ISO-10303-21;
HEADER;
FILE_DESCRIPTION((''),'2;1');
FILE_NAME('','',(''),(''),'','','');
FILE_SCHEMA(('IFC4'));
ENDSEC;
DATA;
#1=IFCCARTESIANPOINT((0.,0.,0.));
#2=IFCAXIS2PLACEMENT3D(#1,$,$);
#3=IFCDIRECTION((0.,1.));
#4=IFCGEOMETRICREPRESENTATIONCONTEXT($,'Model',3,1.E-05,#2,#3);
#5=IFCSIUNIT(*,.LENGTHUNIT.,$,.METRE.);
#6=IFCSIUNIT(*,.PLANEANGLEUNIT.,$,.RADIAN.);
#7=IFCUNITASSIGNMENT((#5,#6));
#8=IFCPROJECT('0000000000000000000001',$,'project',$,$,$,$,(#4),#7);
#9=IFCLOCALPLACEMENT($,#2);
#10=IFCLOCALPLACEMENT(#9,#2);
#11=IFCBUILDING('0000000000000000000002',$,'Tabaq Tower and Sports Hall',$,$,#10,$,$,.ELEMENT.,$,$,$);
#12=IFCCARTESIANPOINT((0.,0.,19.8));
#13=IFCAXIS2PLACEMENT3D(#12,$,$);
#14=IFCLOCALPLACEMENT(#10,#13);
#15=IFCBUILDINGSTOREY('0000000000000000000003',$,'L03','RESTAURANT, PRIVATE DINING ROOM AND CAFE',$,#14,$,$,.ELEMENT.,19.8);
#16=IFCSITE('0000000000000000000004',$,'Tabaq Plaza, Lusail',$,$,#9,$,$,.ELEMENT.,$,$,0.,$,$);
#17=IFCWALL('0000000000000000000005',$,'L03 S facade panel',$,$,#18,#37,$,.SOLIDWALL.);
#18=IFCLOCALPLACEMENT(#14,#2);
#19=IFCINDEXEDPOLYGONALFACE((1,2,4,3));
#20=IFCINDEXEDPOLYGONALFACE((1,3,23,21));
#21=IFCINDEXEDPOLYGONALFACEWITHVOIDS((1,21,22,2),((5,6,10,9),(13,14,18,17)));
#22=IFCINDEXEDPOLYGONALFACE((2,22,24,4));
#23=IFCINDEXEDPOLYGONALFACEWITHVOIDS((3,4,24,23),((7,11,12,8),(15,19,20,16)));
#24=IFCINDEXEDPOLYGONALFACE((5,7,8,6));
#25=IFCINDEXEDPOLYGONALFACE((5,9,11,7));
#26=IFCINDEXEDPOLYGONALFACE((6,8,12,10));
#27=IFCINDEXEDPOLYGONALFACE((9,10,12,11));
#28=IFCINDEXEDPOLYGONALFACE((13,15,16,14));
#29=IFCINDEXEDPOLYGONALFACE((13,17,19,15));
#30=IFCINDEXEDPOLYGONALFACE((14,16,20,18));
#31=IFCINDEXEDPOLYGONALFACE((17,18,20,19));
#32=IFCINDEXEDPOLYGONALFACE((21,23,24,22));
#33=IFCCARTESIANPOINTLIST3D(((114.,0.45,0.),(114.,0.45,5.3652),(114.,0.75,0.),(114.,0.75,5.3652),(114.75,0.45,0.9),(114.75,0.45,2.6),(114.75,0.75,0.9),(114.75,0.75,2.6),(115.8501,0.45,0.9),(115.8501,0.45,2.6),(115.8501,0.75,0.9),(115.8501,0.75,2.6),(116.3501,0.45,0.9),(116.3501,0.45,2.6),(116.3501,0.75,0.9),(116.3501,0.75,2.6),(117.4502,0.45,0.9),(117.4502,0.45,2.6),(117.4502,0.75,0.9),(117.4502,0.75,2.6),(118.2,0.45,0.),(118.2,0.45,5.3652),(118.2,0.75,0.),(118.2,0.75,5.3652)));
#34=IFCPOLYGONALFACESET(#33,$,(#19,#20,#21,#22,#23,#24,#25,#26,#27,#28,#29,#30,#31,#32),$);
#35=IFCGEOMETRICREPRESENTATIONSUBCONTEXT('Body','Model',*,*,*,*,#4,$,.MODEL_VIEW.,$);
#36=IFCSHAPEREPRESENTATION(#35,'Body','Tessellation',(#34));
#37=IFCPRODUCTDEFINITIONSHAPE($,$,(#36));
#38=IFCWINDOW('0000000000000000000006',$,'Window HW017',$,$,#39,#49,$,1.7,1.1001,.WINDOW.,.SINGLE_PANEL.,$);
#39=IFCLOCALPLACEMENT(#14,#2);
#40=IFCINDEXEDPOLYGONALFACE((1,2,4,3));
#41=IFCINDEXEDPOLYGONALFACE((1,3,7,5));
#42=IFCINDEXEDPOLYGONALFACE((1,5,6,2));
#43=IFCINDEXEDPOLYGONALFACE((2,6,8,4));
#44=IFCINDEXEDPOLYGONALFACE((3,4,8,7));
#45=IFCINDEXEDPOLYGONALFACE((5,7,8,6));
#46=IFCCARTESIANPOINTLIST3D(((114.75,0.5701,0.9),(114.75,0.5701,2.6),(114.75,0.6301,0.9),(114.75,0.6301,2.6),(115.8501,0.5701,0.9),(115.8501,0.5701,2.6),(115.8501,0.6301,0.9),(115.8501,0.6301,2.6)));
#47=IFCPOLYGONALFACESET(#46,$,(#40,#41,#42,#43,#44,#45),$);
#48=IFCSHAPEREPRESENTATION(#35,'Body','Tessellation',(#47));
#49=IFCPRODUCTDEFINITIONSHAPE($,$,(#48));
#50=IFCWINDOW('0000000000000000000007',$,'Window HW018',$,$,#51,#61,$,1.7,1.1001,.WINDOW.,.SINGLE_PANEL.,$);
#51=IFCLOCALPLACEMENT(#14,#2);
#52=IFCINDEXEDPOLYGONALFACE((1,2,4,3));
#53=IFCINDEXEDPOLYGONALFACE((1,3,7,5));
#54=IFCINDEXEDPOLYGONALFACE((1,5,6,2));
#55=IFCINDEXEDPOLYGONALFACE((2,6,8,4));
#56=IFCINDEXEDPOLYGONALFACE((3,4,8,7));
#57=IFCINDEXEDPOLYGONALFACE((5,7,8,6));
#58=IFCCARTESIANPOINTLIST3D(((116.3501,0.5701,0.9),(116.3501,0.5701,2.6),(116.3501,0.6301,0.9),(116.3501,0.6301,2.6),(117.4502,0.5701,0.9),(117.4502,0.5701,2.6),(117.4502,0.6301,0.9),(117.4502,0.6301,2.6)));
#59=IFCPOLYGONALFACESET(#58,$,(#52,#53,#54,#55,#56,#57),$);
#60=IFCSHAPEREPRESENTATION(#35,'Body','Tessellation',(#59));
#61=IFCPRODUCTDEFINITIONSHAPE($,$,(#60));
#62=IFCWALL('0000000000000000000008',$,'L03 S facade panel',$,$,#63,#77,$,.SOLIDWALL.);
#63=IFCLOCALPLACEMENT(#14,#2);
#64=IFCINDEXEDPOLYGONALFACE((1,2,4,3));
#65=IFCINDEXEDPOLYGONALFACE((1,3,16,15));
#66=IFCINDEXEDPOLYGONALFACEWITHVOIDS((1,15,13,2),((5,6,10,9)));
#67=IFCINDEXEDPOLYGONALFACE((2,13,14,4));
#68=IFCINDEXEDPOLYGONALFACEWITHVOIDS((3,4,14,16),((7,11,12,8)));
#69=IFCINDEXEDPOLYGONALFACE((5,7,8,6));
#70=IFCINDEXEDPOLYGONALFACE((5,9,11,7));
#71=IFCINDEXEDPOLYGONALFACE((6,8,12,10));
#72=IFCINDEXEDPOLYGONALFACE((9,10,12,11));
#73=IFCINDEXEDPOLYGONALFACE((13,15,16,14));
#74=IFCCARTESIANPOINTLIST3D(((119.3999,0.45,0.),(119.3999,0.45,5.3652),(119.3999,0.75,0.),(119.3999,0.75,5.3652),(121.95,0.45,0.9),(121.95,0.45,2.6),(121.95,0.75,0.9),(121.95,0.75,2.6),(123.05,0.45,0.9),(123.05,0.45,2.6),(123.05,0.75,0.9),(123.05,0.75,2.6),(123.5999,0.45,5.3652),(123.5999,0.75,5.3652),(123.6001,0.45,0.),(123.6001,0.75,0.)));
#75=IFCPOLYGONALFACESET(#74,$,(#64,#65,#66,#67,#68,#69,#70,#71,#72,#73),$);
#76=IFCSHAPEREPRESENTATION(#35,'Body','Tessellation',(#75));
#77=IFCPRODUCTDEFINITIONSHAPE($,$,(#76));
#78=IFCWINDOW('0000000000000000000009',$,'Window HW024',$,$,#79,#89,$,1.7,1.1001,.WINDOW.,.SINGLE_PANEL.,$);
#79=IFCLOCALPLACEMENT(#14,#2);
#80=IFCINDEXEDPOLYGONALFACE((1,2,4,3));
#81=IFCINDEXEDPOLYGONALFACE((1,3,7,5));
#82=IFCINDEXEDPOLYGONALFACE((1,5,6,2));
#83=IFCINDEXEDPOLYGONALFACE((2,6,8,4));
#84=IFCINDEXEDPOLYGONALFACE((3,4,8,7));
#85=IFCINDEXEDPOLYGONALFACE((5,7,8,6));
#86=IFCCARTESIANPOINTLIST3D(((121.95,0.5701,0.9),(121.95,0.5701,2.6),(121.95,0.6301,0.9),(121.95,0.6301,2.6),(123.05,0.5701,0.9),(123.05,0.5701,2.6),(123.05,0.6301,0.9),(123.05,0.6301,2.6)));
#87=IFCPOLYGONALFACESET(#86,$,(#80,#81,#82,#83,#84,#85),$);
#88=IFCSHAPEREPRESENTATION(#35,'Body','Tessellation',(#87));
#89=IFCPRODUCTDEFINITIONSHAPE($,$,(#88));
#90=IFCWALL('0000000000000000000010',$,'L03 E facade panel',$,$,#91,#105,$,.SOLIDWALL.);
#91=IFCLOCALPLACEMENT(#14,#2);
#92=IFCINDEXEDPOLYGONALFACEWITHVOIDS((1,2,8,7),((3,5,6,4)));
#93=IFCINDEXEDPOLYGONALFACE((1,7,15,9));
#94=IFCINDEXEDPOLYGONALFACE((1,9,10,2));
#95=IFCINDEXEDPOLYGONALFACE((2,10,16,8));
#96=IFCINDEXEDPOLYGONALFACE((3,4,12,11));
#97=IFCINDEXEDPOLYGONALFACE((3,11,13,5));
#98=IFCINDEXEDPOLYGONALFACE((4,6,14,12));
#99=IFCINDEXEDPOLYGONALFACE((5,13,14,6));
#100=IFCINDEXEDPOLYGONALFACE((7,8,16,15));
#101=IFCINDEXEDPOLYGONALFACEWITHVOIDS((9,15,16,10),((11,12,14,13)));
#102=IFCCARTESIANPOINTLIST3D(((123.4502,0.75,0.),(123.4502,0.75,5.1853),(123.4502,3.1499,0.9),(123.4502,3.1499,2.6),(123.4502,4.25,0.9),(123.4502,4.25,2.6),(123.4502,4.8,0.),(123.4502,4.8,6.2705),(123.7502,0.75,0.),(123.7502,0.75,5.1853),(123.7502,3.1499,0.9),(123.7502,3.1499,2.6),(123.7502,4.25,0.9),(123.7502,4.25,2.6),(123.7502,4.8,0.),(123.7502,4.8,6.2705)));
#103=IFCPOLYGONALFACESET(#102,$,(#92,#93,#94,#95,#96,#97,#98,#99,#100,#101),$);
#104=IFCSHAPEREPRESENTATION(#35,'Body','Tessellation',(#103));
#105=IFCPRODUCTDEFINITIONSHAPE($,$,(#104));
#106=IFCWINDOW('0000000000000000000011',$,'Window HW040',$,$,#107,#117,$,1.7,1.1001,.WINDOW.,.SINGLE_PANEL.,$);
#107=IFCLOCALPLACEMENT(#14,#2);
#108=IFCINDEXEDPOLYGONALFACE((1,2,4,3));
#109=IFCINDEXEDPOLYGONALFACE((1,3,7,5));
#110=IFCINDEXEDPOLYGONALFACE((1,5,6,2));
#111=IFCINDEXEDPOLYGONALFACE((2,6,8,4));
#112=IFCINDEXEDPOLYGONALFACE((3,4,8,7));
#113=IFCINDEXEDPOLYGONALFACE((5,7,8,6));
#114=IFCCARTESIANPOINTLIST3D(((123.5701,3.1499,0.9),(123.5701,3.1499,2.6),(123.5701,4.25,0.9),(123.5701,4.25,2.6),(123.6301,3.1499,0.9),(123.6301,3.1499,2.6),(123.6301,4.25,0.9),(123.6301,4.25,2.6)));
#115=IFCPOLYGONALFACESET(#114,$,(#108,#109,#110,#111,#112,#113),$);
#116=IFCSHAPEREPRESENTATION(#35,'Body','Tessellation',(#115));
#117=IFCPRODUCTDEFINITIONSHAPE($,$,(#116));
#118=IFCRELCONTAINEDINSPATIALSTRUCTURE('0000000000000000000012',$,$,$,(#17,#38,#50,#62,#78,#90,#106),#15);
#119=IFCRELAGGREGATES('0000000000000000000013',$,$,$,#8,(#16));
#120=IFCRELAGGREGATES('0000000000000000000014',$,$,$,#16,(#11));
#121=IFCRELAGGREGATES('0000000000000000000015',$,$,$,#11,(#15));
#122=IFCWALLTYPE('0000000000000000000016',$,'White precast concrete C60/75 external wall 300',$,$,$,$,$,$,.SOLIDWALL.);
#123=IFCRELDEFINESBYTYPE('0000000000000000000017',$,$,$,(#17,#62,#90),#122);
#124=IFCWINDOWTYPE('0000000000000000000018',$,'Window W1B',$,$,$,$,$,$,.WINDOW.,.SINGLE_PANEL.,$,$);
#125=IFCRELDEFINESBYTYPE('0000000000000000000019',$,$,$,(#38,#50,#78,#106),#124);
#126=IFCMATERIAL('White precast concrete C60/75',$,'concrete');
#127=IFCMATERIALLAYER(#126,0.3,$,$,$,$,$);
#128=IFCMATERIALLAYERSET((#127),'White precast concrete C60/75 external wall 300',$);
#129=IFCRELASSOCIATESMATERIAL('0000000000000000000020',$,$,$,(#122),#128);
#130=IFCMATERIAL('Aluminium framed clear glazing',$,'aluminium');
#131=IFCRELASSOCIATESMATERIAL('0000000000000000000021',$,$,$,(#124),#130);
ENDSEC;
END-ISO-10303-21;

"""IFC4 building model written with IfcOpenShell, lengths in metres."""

from ifc_helpers import new_model, si_unit, direction, frame, frame_2d, origin, place, context, subcontext, project, spatial, polyline, rectangle, outline, extrude, material, layer, layer_set, type_object, element, fill, save


model = new_model("IFC4")

# Units and contexts
model_context = context("Model", 3, precision=1e-05, world=origin(), true_north=direction((0.0, 1.0)))
body_context = subcontext(model_context, "Body", "Model", "MODEL_VIEW")
ifc_project = project(units=[si_unit("LENGTHUNIT", "METRE"), si_unit("PLANEANGLEUNIT", "RADIAN")], contexts=[model_context])

# Site, building, storey
site_placement = place(None, origin())
site = spatial("IfcSite", under=ifc_project, at=site_placement, Name="Tabaq Plaza, Lusail", CompositionType="ELEMENT", RefElevation=0.0)
building_placement = place(site_placement, origin())
building = spatial("IfcBuilding", under=site, at=building_placement, Name="Tabaq Tower and Sports Hall", CompositionType="ELEMENT")
storey_placement = place(building_placement, frame((0.0, 0.0, 19.8)))
storey = spatial("IfcBuildingStorey", under=building, at=storey_placement, Name="L03", Description="RESTAURANT, PRIVATE DINING ROOM AND CAFE", CompositionType="ELEMENT", Elevation=19.8)

# Wall, openings, windows
ifc_material_1 = material(Name="White precast concrete C60/75", Category="concrete")
ifc_layer_1 = layer(ifc_material_1, 0.3)
ifc_layer_set_1 = layer_set([ifc_layer_1], Name="White precast concrete C60/75 external wall 300")
wall_type_1 = type_object("IfcWallType", Name="White precast concrete C60/75 external wall 300", PredefinedType="SOLIDWALL", material=ifc_layer_set_1)
wall_1_placement = place(storey_placement, frame((114.0, 0.6001, 0.0), z_axis=(0.0, 0.0, 1.0), x_axis=(1.0, 0.0, 0.0)))
wall_1 = element("IfcWall", 1, at=wall_1_placement, inside=storey, type_object=wall_type_1, Name="L03 S facade panel", PredefinedType="SOLIDWALL", context=body_context, shape_type="SweptSolid", body=[
    extrude(outline(polyline([(0.0, 0.0), (4.2, 0.0), (4.2, 5.3652), (0.0, 5.3652), (0.0, 0.0)])), frame((0.0, 0.1499, 0.0), z_axis=(0.0, -1.0, 0.0), x_axis=(1.0, 0.0, 0.0)), (0.0, 0.0, 1.0), 0.3),
])
opening_1_placement = place(wall_1_placement, frame((0.75, 0.0, 0.8999)))
opening_1 = element("IfcOpeningElement", 2, at=opening_1_placement, cuts=wall_1, PredefinedType="OPENING", context=body_context, shape_type="SweptSolid", body=[
    extrude(rectangle(XDim=1.1001, YDim=1.7, at=frame_2d((0.55, 0.8501))), frame((0.0, 0.1499, 0.0), z_axis=(0.0, -1.0, 0.0), x_axis=(1.0, 0.0, 0.0)), (0.0, 0.0, 1.0), 0.3),
])
opening_2_placement = place(wall_1_placement, frame((2.3501, 0.0, 0.8999)))
opening_2 = element("IfcOpeningElement", 3, at=opening_2_placement, cuts=wall_1, PredefinedType="OPENING", context=body_context, shape_type="SweptSolid", body=[
    extrude(rectangle(XDim=1.1001, YDim=1.7, at=frame_2d((0.55, 0.8501))), frame((0.0, 0.1499, 0.0), z_axis=(0.0, -1.0, 0.0), x_axis=(1.0, 0.0, 0.0)), (0.0, 0.0, 1.0), 0.3),
])
ifc_material_2 = material(Name="Aluminium framed clear glazing", Category="aluminium")
window_type = type_object("IfcWindowType", Name="Window W1B", PartitioningType="SINGLE_PANEL", PredefinedType="WINDOW", material=ifc_material_2)
window_1_placement = place(opening_1_placement, origin())
window_1 = element("IfcWindow", 4, at=window_1_placement, inside=storey, type_object=window_type, Name="Window HW017", OverallHeight=1.7, OverallWidth=1.1001, PartitioningType="SINGLE_PANEL", PredefinedType="WINDOW", context=body_context, shape_type="SweptSolid", body=[
    extrude(rectangle(XDim=1.1001, YDim=1.7, at=frame_2d((0.55, 0.8501))), frame((0.0, 0.03, 0.0), z_axis=(0.0, -1.0, 0.0), x_axis=(1.0, 0.0, 0.0)), (0.0, 0.0, 1.0), 0.0601),
])
fill(opening_1, window_1)
window_2_placement = place(opening_2_placement, origin())
window_2 = element("IfcWindow", 5, at=window_2_placement, inside=storey, type_object=window_type, Name="Window HW018", OverallHeight=1.7, OverallWidth=1.1001, PartitioningType="SINGLE_PANEL", PredefinedType="WINDOW", context=body_context, shape_type="SweptSolid", body=[
    extrude(rectangle(XDim=1.1001, YDim=1.7, at=frame_2d((0.55, 0.8501))), frame((0.0, 0.03, 0.0), z_axis=(0.0, -1.0, 0.0), x_axis=(1.0, 0.0, 0.0)), (0.0, 0.0, 1.0), 0.0601),
])
fill(opening_2, window_2)

# Walls, openings, windows
wall_2_placement = place(storey_placement, frame((119.3999, 0.6001, 0.0), z_axis=(0.0, 0.0, 1.0), x_axis=(1.0, 0.0, 0.0)))
wall_2 = element("IfcWall", 6, at=wall_2_placement, inside=storey, type_object=wall_type_1, Name="L03 S facade panel", PredefinedType="SOLIDWALL", context=body_context, shape_type="SweptSolid", body=[
    extrude(outline(polyline([(0.0, 0.0), (4.2002, 0.0), (4.2, 5.3652), (0.0, 5.3652), (0.0, 0.0)])), frame((0.0, 0.1499, 0.0), z_axis=(0.0, -1.0, 0.0), x_axis=(1.0, 0.0, 0.0)), (0.0, 0.0, 1.0), 0.3),
])
opening_3_placement = place(wall_2_placement, frame((2.55, 0.0, 0.8999)))
opening_3 = element("IfcOpeningElement", 7, at=opening_3_placement, cuts=wall_2, PredefinedType="OPENING", context=body_context, shape_type="SweptSolid", body=[
    extrude(rectangle(XDim=1.1001, YDim=1.7, at=frame_2d((0.55, 0.8501))), frame((0.0, 0.1499, 0.0), z_axis=(0.0, -1.0, 0.0), x_axis=(1.0, 0.0, 0.0)), (0.0, 0.0, 1.0), 0.3),
])
window_3_placement = place(opening_3_placement, origin())
window_3 = element("IfcWindow", 8, at=window_3_placement, inside=storey, type_object=window_type, Name="Window HW024", OverallHeight=1.7, OverallWidth=1.1001, PartitioningType="SINGLE_PANEL", PredefinedType="WINDOW", context=body_context, shape_type="SweptSolid", body=[
    extrude(rectangle(XDim=1.1001, YDim=1.7, at=frame_2d((0.55, 0.8501))), frame((0.0, 0.03, 0.0), z_axis=(0.0, -1.0, 0.0), x_axis=(1.0, 0.0, 0.0)), (0.0, 0.0, 1.0), 0.0601),
])
fill(opening_3, window_3)
wall_3_placement = place(storey_placement, frame((123.6001, 0.75, 0.0), z_axis=(0.0, 0.0, 1.0), x_axis=(0.0, 1.0, 0.0)))
wall_3 = element("IfcWall", 9, at=wall_3_placement, inside=storey, type_object=wall_type_1, Name="L03 E facade panel", PredefinedType="SOLIDWALL", context=body_context, shape_type="SweptSolid", body=[
    extrude(outline(polyline([(0.0, 0.0), (4.05, 0.0), (4.05, 6.2705), (0.0, 5.1853), (0.0, 0.0)])), frame((0.0, 0.1499, 0.0), z_axis=(0.0, -1.0, 0.0), x_axis=(1.0, 0.0, 0.0)), (0.0, 0.0, 1.0), 0.3),
])
opening_4_placement = place(wall_3_placement, frame((2.3999, 0.0, 0.8999)))
opening_4 = element("IfcOpeningElement", 10, at=opening_4_placement, cuts=wall_3, PredefinedType="OPENING", context=body_context, shape_type="SweptSolid", body=[
    extrude(rectangle(XDim=1.1001, YDim=1.7, at=frame_2d((0.55, 0.8501))), frame((0.0, 0.1499, 0.0), z_axis=(0.0, -1.0, 0.0), x_axis=(1.0, 0.0, 0.0)), (0.0, 0.0, 1.0), 0.3),
])
window_4_placement = place(opening_4_placement, origin())
window_4 = element("IfcWindow", 11, at=window_4_placement, inside=storey, type_object=window_type, Name="Window HW040", OverallHeight=1.7, OverallWidth=1.1001, PartitioningType="SINGLE_PANEL", PredefinedType="WINDOW", context=body_context, shape_type="SweptSolid", body=[
    extrude(rectangle(XDim=1.1001, YDim=1.7, at=frame_2d((0.55, 0.8501))), frame((0.0, 0.03, 0.0), z_axis=(0.0, -1.0, 0.0), x_axis=(1.0, 0.0, 0.0)), (0.0, 0.0, 1.0), 0.0601),
])
fill(opening_4, window_4)

save(model, "model.ifc")
